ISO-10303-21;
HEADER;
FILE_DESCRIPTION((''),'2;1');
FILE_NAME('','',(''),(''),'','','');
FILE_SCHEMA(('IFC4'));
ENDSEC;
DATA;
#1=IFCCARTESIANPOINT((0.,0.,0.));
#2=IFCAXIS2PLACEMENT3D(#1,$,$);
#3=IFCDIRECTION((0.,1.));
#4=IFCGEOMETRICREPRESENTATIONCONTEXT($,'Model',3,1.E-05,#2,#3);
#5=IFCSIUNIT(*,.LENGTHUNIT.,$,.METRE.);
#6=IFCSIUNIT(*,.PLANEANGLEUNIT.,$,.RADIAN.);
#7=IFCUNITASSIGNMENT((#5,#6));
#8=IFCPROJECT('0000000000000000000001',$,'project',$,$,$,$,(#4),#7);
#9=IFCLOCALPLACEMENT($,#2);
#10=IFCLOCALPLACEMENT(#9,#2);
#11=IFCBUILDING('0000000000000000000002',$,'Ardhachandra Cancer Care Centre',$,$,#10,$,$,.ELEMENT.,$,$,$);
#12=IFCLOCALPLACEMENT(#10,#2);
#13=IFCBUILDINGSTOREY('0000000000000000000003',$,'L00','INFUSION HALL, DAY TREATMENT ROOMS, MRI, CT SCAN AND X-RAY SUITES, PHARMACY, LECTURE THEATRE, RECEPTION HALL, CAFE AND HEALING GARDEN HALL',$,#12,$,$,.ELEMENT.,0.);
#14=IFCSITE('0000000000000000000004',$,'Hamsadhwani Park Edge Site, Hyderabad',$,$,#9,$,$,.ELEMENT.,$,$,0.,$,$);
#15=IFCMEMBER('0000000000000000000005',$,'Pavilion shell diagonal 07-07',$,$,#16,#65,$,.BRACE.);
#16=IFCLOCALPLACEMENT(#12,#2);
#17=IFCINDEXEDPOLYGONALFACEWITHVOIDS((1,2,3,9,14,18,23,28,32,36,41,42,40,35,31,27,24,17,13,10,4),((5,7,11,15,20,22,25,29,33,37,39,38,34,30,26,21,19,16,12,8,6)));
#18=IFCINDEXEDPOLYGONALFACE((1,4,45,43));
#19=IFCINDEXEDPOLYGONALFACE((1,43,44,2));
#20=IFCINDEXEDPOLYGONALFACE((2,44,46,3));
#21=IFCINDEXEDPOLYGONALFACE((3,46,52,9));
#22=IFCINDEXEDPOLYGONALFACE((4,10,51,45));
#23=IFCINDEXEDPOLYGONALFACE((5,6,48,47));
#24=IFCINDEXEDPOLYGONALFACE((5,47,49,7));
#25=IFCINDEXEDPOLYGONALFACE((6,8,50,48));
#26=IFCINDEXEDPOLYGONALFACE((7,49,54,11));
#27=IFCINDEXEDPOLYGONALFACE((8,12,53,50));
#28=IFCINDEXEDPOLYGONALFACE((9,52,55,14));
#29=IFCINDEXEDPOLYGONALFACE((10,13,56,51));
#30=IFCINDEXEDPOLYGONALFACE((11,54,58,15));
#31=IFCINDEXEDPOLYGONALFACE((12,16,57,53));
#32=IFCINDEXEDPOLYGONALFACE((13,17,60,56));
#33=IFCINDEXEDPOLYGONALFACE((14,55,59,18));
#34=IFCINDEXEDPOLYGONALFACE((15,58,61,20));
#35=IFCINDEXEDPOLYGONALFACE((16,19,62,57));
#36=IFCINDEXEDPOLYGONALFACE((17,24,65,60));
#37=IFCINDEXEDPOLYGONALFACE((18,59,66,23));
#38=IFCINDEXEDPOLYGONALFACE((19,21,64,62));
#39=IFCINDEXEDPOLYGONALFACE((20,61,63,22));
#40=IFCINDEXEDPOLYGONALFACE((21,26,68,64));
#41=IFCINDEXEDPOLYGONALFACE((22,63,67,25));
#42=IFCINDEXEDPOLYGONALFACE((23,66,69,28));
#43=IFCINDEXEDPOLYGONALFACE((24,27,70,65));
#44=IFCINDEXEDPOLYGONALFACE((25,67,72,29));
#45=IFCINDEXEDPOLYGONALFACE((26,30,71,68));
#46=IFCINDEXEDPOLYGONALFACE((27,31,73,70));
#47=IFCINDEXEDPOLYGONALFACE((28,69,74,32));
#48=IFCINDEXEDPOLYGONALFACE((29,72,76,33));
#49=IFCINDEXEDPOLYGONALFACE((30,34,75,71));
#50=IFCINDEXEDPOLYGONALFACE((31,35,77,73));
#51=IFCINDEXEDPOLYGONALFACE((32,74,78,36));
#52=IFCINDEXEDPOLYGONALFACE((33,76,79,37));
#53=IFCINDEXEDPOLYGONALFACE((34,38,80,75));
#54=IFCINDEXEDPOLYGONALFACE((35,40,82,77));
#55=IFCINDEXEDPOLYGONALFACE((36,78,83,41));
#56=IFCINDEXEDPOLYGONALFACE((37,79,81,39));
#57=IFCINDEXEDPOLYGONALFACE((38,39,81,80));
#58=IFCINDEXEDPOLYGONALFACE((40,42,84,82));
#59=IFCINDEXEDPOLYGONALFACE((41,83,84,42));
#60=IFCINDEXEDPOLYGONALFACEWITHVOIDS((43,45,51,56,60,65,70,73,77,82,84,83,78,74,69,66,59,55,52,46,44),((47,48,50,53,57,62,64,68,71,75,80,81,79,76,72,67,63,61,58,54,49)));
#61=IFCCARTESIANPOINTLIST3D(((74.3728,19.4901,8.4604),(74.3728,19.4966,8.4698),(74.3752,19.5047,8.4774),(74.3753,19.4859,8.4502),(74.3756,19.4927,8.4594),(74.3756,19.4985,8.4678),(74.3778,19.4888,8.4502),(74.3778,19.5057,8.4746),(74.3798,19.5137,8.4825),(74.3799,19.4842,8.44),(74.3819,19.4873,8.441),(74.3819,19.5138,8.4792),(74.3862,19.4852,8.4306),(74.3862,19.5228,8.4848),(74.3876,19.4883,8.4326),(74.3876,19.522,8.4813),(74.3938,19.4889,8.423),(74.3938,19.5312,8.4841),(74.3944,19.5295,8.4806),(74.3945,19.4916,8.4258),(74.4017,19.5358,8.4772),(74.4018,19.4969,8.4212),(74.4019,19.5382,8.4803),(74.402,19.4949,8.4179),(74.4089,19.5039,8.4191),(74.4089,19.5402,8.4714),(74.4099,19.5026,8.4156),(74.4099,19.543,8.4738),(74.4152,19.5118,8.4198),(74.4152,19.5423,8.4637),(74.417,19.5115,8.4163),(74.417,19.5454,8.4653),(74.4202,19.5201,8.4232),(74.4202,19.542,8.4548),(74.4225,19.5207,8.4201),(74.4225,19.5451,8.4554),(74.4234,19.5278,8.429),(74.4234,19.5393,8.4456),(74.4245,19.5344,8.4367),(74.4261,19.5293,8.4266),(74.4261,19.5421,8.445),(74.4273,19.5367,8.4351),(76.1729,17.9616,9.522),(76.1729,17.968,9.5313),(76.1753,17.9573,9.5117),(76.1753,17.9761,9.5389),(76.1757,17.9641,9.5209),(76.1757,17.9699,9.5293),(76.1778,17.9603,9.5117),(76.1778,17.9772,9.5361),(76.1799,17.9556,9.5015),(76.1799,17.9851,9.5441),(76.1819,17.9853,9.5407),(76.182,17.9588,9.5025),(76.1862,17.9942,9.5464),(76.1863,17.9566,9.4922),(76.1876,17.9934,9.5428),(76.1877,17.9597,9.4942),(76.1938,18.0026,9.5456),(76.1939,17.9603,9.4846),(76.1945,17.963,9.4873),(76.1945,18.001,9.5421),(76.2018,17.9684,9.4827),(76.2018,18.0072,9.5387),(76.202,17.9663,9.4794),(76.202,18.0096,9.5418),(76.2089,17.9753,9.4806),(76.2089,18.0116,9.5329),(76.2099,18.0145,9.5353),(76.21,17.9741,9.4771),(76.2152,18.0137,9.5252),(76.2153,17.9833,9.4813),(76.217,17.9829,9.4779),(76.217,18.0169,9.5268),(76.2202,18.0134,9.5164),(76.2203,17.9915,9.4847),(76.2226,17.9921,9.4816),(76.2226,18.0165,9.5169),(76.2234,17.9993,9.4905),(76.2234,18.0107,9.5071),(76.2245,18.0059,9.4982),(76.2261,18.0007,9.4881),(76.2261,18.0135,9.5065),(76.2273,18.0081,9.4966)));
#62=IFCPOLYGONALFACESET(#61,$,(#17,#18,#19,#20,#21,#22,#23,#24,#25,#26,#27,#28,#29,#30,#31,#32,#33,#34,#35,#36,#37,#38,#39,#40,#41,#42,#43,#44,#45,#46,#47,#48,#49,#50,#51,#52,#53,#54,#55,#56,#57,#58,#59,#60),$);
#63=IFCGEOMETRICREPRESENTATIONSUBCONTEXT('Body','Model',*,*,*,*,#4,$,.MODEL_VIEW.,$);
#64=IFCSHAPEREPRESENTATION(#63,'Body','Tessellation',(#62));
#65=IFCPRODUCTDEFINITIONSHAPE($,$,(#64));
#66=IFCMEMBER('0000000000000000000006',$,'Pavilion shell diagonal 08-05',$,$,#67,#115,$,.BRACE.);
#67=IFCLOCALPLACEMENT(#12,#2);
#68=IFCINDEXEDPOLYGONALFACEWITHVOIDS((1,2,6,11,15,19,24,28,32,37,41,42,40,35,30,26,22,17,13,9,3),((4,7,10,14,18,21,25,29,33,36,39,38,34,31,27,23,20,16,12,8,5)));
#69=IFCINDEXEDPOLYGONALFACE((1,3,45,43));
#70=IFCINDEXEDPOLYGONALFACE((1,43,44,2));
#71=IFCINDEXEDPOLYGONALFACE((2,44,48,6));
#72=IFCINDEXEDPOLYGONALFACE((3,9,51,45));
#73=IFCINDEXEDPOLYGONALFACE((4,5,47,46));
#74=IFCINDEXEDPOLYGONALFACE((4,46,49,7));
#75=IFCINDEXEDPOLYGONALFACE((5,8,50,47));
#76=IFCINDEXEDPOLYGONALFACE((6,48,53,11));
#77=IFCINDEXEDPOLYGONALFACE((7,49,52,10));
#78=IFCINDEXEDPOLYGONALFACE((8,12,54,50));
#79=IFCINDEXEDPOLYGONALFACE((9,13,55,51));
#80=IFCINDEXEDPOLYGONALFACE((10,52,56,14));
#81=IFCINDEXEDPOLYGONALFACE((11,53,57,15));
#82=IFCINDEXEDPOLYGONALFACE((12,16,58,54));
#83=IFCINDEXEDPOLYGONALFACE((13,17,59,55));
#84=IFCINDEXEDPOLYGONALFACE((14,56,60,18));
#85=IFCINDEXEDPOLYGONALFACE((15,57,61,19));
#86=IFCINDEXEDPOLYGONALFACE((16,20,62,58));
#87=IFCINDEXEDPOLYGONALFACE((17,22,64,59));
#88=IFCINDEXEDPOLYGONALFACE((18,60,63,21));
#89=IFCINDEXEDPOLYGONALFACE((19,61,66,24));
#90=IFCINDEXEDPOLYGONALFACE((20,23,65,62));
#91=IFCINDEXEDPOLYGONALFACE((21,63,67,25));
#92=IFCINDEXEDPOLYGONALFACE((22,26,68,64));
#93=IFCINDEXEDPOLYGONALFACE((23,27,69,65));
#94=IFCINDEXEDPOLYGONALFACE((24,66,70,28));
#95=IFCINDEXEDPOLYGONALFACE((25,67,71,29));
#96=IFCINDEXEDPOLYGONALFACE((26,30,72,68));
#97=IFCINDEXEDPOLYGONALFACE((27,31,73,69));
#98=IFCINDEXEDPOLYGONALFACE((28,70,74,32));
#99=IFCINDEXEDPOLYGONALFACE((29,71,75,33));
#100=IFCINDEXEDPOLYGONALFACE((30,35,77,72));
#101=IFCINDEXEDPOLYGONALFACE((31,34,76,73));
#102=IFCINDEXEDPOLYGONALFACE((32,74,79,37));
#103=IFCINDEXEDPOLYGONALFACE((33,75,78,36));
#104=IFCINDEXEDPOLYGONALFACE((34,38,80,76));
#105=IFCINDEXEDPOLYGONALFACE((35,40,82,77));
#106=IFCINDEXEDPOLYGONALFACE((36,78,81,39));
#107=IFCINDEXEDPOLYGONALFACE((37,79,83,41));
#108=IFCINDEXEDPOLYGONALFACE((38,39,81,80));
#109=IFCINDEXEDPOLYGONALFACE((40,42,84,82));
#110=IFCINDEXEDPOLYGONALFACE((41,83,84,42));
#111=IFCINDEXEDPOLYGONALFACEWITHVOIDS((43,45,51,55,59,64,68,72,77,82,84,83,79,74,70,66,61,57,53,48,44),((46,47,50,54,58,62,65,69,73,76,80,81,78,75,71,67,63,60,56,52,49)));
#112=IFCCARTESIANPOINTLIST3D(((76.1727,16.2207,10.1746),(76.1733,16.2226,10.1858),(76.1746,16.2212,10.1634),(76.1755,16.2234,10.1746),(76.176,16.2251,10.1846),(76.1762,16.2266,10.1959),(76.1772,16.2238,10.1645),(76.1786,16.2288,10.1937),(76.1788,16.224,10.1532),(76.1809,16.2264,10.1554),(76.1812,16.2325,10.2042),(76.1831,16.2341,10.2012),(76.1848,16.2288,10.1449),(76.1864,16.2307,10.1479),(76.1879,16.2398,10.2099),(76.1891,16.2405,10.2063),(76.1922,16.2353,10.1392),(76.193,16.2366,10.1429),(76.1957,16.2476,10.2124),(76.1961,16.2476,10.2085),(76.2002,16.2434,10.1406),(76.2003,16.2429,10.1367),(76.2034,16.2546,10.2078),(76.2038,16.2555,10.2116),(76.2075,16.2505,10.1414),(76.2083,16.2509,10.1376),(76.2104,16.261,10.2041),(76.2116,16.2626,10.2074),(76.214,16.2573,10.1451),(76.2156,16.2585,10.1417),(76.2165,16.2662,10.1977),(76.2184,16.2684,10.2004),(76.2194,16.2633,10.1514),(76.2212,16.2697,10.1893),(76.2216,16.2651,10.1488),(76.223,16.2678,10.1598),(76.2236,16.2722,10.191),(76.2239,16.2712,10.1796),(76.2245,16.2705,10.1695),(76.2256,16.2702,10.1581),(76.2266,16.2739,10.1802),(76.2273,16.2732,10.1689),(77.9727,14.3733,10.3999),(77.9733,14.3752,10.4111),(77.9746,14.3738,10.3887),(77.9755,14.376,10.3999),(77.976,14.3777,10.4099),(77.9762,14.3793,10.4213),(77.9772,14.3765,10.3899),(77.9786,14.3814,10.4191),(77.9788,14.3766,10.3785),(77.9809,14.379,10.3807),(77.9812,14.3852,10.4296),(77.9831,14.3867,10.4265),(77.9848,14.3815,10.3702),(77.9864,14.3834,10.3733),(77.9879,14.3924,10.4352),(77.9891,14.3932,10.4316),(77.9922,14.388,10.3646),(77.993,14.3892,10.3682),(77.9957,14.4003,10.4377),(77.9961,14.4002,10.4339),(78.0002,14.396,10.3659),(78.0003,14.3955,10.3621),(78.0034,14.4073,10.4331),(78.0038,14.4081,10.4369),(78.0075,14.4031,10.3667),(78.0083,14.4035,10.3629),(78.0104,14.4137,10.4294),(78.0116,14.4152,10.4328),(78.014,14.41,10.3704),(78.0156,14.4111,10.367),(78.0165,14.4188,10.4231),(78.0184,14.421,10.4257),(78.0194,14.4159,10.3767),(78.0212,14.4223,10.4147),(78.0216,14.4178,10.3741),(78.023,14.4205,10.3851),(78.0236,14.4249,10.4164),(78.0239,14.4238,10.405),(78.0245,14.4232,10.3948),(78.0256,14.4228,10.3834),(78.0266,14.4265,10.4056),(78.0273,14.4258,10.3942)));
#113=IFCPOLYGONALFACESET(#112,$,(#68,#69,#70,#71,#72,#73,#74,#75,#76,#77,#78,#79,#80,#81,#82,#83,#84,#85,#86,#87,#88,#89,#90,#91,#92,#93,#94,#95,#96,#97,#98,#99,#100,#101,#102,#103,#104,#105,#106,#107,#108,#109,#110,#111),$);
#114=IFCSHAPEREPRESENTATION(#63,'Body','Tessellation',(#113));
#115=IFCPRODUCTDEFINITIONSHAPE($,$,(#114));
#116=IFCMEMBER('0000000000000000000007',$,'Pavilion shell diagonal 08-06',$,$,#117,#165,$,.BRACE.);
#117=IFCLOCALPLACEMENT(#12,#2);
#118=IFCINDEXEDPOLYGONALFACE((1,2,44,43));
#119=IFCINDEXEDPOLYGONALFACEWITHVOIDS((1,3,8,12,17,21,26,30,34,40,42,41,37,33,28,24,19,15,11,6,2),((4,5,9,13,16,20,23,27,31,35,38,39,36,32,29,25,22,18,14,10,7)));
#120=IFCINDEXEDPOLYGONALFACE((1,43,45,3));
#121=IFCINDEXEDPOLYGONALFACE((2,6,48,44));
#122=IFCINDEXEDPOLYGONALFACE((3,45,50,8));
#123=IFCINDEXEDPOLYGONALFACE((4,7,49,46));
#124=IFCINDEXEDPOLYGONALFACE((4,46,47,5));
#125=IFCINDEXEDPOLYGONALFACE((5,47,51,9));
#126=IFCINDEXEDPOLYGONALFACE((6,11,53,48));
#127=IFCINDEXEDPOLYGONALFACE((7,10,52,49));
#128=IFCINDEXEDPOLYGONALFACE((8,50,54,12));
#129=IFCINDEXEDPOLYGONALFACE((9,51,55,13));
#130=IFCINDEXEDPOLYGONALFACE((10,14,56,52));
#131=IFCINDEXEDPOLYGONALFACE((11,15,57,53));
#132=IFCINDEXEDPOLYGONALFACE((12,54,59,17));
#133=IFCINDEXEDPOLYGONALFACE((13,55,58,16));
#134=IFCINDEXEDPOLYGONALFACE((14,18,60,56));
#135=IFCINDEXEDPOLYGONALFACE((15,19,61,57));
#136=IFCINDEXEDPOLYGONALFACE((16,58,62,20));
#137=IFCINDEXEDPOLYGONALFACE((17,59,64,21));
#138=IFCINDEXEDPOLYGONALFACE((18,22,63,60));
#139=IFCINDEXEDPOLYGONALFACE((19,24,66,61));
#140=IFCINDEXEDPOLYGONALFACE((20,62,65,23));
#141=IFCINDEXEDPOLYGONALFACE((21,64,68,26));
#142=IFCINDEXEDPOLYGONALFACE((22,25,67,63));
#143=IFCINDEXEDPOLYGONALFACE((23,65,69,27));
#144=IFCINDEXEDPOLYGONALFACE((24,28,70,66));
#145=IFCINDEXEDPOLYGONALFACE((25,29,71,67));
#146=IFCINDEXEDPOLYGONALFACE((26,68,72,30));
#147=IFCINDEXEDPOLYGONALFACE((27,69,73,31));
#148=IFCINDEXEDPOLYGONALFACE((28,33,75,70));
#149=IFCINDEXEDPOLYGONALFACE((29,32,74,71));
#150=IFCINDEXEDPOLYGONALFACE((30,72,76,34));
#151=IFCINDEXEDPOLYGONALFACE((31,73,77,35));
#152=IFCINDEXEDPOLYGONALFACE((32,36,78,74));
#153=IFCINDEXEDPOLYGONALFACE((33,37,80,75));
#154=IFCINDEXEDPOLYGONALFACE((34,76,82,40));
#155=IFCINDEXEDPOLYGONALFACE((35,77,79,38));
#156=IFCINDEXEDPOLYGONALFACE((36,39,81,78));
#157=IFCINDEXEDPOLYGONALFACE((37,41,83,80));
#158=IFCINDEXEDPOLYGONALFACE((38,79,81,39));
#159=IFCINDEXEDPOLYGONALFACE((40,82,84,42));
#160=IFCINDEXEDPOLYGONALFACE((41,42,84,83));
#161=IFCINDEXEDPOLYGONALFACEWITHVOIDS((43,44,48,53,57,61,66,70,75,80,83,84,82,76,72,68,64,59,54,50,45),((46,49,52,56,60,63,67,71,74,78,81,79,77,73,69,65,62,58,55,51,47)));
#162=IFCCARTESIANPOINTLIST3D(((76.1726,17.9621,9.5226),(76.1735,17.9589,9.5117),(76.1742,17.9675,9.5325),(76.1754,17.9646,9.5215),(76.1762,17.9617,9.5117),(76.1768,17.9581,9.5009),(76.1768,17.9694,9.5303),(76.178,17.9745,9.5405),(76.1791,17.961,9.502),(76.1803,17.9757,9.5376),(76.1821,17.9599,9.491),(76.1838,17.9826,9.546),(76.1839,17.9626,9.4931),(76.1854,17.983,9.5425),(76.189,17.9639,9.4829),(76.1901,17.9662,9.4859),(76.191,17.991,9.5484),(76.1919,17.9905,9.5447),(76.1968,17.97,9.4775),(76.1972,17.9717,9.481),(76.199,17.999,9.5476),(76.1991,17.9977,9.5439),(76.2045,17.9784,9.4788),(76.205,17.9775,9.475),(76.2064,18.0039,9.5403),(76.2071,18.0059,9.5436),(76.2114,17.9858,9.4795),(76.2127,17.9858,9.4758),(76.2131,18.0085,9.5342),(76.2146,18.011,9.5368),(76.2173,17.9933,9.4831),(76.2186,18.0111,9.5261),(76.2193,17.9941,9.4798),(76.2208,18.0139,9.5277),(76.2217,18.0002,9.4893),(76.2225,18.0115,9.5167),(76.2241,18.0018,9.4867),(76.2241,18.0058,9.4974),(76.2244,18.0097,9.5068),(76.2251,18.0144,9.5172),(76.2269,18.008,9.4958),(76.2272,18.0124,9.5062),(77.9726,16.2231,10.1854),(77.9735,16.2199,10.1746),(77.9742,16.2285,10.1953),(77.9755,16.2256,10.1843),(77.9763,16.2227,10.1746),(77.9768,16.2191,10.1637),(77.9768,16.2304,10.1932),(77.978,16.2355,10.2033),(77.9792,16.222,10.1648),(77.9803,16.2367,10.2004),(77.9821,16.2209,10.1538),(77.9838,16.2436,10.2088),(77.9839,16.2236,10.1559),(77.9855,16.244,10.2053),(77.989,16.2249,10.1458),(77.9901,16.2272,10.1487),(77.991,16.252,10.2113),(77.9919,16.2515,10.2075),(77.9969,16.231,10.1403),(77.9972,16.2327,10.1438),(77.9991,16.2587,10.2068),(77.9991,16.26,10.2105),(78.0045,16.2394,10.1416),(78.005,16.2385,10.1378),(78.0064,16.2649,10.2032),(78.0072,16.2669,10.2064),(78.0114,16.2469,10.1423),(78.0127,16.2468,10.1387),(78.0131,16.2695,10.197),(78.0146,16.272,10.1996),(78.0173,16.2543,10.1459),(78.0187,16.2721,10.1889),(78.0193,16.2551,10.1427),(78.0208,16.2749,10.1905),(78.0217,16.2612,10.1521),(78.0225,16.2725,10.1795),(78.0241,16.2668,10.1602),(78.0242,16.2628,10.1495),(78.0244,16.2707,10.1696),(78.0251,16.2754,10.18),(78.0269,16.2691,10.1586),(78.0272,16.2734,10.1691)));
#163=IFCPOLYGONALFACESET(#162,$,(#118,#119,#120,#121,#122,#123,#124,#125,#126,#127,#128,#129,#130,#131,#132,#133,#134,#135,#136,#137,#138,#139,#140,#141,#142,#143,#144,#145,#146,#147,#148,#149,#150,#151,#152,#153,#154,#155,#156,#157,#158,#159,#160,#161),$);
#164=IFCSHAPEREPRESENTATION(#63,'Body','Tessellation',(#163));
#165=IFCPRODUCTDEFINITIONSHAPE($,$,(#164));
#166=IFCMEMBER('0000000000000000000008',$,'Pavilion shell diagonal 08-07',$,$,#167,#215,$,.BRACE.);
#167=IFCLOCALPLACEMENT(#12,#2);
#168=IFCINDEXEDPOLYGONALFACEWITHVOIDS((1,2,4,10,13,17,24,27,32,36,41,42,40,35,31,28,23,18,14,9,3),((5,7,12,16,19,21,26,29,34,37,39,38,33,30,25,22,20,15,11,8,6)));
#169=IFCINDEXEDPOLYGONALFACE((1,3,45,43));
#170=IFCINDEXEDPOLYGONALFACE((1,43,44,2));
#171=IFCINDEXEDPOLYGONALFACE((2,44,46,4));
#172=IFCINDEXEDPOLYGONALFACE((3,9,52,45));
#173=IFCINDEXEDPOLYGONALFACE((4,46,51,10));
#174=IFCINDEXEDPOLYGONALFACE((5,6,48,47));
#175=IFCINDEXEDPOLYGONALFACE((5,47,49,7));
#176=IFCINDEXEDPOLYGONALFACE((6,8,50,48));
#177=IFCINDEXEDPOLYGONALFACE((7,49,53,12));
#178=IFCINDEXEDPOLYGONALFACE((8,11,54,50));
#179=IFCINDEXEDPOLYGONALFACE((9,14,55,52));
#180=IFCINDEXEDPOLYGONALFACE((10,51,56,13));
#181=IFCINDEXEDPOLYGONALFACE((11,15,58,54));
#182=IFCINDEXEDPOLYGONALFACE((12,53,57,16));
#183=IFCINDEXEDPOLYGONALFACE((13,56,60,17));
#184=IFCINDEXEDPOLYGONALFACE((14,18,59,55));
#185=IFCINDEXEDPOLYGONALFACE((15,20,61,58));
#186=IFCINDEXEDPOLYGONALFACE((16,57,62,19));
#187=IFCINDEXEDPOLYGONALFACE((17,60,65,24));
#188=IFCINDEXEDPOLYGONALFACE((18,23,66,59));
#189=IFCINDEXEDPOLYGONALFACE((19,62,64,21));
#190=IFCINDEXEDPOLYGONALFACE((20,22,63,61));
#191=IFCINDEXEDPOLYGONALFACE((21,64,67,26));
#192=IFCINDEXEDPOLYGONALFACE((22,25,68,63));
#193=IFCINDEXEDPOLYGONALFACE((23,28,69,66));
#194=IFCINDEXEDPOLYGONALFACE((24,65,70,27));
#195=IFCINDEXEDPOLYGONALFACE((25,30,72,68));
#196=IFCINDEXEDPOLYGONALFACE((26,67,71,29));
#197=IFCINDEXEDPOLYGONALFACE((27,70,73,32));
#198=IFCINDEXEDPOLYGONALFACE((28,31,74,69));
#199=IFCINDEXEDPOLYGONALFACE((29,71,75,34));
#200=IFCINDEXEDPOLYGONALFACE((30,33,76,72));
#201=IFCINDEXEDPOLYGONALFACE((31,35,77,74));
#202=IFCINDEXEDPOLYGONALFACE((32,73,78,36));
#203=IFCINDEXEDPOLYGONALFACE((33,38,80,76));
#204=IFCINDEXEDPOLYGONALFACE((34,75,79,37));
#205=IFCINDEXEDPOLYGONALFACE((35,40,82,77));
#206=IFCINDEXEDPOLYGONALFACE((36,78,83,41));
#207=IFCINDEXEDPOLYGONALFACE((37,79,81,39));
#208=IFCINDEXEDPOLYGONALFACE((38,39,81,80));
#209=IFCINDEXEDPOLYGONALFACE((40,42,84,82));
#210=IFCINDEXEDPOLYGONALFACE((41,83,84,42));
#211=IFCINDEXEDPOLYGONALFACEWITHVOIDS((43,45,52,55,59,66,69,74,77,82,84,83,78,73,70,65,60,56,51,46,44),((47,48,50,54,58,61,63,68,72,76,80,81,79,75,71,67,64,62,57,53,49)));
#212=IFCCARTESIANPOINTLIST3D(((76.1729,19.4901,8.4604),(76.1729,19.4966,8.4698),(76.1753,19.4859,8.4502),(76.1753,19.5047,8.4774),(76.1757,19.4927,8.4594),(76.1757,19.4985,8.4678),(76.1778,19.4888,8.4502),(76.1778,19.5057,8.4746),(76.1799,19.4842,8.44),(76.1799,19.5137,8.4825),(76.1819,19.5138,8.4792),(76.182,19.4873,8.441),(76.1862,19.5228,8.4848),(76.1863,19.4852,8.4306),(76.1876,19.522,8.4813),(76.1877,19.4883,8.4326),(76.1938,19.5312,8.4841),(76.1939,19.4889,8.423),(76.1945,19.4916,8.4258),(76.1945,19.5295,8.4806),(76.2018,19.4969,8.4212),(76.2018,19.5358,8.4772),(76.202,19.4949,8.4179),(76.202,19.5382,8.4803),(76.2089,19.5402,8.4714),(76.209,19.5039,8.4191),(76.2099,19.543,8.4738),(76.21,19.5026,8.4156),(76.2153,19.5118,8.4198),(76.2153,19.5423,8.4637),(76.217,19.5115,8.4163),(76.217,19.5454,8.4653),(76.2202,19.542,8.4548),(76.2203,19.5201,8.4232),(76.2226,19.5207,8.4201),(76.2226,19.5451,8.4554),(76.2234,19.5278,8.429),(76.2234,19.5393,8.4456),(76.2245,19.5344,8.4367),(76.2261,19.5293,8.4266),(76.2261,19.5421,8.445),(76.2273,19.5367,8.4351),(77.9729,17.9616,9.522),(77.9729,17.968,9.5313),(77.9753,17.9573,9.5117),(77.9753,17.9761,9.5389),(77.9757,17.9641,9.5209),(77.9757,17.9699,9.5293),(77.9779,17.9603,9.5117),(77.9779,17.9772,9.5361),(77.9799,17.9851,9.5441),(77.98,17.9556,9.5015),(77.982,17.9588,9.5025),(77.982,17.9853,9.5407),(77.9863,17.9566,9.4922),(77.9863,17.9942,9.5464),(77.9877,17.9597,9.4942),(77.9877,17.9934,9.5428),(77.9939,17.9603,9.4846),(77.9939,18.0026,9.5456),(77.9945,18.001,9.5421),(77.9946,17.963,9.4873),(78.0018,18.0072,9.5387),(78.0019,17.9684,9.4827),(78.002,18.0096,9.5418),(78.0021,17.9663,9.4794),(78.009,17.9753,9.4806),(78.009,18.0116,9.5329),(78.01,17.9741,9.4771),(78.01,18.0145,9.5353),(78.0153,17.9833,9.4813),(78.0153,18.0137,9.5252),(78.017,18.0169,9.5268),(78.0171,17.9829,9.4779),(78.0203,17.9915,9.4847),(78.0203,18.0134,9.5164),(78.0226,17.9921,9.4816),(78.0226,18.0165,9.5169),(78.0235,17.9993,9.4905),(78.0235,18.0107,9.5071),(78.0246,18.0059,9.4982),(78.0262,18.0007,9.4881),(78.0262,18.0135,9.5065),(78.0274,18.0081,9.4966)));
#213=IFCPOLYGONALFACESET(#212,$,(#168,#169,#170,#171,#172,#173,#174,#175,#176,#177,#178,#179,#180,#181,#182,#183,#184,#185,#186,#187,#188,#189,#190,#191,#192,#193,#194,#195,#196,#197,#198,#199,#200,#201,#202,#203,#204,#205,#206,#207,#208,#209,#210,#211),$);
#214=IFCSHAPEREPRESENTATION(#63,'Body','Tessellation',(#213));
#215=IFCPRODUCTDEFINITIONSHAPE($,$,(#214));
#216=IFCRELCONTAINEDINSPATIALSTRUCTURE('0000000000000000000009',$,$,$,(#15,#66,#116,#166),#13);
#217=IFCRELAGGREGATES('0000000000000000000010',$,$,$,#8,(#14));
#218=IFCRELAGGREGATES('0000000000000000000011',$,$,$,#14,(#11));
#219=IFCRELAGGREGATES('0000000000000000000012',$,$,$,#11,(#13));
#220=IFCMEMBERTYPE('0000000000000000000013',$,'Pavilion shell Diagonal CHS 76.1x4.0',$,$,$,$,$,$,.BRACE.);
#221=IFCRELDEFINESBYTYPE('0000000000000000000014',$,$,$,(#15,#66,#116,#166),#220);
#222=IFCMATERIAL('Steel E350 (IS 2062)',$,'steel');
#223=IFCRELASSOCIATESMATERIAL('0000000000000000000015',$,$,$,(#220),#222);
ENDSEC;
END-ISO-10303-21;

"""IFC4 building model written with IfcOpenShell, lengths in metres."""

from ifc_helpers import new_model, si_unit, direction, frame, origin, origin_2d, place, context, subcontext, project, spatial, hollow_circle, extrude, material, material_profile, profile_set, type_object, element, save


model = new_model("IFC4")

# Units and contexts
model_context = context("Model", 3, precision=1e-05, world=origin(), true_north=direction((0.0, 1.0)))
body_context = subcontext(model_context, "Body", "Model", "MODEL_VIEW")
ifc_project = project(units=[si_unit("LENGTHUNIT", "METRE"), si_unit("PLANEANGLEUNIT", "RADIAN")], contexts=[model_context])

# Site, building, storey
site_placement = place(None, origin())
site = spatial("IfcSite", under=ifc_project, at=site_placement, Name="Hamsadhwani Park Edge Site, Hyderabad", CompositionType="ELEMENT", RefElevation=0.0)
building_placement = place(site_placement, origin())
building = spatial("IfcBuilding", under=site, at=building_placement, Name="Ardhachandra Cancer Care Centre", CompositionType="ELEMENT")
storey_placement = place(building_placement, origin())
storey = spatial("IfcBuildingStorey", under=building, at=storey_placement, Name="L00", Description="INFUSION HALL, DAY TREATMENT ROOMS, MRI, CT SCAN AND X-RAY SUITES, PHARMACY, LECTURE THEATRE, RECEPTION HALL, CAFE AND HEALING GARDEN HALL", CompositionType="ELEMENT", Elevation=0.0)

# Members
ifc_material_1 = material(Name="Steel E350 (IS 2062)", Category="steel")
ifc_material_profile_1 = material_profile(ifc_material_1, hollow_circle(Radius=0.0381, WallThickness=0.0039, at=origin_2d()), Name="CHS 76.1x4.0")
ifc_profile_set_1 = profile_set([ifc_material_profile_1], Name="Steel E350 (IS 2062)")
member_type_1 = type_object("IfcMemberType", Name="Pavilion shell Diagonal CHS 76.1x4.0", PredefinedType="BRACE", material=ifc_profile_set_1)
for number, where, z_axis, x_axis, name in (
    (1, (76.2, 17.9863, 9.5117), (-0.695237, 0.590381, -0.409995), (-0.647285, -0.762248, 0.0), "Pavilion shell diagonal 07-07"),
    (2, (78.0, 14.3999, 10.3999), (-0.695218, 0.713511, -0.087032), (-0.716228, -0.697866, 0.0), "Pavilion shell diagonal 08-05"),
    (3, (78.0, 16.2473, 10.1746), (-0.695227, 0.671654, -0.256007), (-0.694809, -0.719195, 0.0), "Pavilion shell diagonal 08-06"),
    (4, (78.0, 17.9863, 9.5117), (-0.695237, 0.590381, -0.409995), (-0.647285, -0.762248, 0.0), "Pavilion shell diagonal 08-07"),
):
    element("IfcMember", number, at=place(storey_placement, frame(where, z_axis=z_axis, x_axis=x_axis)), inside=storey, type_object=member_type_1, Name=name, PredefinedType="BRACE", context=body_context, shape_type="SweptSolid", body=[
        extrude(hollow_circle(Radius=0.0381, WallThickness=0.0039, at=origin_2d()), origin(), (0.0, 0.0, 1.0), 2.5891),
    ])

save(model, "model.ifc")
